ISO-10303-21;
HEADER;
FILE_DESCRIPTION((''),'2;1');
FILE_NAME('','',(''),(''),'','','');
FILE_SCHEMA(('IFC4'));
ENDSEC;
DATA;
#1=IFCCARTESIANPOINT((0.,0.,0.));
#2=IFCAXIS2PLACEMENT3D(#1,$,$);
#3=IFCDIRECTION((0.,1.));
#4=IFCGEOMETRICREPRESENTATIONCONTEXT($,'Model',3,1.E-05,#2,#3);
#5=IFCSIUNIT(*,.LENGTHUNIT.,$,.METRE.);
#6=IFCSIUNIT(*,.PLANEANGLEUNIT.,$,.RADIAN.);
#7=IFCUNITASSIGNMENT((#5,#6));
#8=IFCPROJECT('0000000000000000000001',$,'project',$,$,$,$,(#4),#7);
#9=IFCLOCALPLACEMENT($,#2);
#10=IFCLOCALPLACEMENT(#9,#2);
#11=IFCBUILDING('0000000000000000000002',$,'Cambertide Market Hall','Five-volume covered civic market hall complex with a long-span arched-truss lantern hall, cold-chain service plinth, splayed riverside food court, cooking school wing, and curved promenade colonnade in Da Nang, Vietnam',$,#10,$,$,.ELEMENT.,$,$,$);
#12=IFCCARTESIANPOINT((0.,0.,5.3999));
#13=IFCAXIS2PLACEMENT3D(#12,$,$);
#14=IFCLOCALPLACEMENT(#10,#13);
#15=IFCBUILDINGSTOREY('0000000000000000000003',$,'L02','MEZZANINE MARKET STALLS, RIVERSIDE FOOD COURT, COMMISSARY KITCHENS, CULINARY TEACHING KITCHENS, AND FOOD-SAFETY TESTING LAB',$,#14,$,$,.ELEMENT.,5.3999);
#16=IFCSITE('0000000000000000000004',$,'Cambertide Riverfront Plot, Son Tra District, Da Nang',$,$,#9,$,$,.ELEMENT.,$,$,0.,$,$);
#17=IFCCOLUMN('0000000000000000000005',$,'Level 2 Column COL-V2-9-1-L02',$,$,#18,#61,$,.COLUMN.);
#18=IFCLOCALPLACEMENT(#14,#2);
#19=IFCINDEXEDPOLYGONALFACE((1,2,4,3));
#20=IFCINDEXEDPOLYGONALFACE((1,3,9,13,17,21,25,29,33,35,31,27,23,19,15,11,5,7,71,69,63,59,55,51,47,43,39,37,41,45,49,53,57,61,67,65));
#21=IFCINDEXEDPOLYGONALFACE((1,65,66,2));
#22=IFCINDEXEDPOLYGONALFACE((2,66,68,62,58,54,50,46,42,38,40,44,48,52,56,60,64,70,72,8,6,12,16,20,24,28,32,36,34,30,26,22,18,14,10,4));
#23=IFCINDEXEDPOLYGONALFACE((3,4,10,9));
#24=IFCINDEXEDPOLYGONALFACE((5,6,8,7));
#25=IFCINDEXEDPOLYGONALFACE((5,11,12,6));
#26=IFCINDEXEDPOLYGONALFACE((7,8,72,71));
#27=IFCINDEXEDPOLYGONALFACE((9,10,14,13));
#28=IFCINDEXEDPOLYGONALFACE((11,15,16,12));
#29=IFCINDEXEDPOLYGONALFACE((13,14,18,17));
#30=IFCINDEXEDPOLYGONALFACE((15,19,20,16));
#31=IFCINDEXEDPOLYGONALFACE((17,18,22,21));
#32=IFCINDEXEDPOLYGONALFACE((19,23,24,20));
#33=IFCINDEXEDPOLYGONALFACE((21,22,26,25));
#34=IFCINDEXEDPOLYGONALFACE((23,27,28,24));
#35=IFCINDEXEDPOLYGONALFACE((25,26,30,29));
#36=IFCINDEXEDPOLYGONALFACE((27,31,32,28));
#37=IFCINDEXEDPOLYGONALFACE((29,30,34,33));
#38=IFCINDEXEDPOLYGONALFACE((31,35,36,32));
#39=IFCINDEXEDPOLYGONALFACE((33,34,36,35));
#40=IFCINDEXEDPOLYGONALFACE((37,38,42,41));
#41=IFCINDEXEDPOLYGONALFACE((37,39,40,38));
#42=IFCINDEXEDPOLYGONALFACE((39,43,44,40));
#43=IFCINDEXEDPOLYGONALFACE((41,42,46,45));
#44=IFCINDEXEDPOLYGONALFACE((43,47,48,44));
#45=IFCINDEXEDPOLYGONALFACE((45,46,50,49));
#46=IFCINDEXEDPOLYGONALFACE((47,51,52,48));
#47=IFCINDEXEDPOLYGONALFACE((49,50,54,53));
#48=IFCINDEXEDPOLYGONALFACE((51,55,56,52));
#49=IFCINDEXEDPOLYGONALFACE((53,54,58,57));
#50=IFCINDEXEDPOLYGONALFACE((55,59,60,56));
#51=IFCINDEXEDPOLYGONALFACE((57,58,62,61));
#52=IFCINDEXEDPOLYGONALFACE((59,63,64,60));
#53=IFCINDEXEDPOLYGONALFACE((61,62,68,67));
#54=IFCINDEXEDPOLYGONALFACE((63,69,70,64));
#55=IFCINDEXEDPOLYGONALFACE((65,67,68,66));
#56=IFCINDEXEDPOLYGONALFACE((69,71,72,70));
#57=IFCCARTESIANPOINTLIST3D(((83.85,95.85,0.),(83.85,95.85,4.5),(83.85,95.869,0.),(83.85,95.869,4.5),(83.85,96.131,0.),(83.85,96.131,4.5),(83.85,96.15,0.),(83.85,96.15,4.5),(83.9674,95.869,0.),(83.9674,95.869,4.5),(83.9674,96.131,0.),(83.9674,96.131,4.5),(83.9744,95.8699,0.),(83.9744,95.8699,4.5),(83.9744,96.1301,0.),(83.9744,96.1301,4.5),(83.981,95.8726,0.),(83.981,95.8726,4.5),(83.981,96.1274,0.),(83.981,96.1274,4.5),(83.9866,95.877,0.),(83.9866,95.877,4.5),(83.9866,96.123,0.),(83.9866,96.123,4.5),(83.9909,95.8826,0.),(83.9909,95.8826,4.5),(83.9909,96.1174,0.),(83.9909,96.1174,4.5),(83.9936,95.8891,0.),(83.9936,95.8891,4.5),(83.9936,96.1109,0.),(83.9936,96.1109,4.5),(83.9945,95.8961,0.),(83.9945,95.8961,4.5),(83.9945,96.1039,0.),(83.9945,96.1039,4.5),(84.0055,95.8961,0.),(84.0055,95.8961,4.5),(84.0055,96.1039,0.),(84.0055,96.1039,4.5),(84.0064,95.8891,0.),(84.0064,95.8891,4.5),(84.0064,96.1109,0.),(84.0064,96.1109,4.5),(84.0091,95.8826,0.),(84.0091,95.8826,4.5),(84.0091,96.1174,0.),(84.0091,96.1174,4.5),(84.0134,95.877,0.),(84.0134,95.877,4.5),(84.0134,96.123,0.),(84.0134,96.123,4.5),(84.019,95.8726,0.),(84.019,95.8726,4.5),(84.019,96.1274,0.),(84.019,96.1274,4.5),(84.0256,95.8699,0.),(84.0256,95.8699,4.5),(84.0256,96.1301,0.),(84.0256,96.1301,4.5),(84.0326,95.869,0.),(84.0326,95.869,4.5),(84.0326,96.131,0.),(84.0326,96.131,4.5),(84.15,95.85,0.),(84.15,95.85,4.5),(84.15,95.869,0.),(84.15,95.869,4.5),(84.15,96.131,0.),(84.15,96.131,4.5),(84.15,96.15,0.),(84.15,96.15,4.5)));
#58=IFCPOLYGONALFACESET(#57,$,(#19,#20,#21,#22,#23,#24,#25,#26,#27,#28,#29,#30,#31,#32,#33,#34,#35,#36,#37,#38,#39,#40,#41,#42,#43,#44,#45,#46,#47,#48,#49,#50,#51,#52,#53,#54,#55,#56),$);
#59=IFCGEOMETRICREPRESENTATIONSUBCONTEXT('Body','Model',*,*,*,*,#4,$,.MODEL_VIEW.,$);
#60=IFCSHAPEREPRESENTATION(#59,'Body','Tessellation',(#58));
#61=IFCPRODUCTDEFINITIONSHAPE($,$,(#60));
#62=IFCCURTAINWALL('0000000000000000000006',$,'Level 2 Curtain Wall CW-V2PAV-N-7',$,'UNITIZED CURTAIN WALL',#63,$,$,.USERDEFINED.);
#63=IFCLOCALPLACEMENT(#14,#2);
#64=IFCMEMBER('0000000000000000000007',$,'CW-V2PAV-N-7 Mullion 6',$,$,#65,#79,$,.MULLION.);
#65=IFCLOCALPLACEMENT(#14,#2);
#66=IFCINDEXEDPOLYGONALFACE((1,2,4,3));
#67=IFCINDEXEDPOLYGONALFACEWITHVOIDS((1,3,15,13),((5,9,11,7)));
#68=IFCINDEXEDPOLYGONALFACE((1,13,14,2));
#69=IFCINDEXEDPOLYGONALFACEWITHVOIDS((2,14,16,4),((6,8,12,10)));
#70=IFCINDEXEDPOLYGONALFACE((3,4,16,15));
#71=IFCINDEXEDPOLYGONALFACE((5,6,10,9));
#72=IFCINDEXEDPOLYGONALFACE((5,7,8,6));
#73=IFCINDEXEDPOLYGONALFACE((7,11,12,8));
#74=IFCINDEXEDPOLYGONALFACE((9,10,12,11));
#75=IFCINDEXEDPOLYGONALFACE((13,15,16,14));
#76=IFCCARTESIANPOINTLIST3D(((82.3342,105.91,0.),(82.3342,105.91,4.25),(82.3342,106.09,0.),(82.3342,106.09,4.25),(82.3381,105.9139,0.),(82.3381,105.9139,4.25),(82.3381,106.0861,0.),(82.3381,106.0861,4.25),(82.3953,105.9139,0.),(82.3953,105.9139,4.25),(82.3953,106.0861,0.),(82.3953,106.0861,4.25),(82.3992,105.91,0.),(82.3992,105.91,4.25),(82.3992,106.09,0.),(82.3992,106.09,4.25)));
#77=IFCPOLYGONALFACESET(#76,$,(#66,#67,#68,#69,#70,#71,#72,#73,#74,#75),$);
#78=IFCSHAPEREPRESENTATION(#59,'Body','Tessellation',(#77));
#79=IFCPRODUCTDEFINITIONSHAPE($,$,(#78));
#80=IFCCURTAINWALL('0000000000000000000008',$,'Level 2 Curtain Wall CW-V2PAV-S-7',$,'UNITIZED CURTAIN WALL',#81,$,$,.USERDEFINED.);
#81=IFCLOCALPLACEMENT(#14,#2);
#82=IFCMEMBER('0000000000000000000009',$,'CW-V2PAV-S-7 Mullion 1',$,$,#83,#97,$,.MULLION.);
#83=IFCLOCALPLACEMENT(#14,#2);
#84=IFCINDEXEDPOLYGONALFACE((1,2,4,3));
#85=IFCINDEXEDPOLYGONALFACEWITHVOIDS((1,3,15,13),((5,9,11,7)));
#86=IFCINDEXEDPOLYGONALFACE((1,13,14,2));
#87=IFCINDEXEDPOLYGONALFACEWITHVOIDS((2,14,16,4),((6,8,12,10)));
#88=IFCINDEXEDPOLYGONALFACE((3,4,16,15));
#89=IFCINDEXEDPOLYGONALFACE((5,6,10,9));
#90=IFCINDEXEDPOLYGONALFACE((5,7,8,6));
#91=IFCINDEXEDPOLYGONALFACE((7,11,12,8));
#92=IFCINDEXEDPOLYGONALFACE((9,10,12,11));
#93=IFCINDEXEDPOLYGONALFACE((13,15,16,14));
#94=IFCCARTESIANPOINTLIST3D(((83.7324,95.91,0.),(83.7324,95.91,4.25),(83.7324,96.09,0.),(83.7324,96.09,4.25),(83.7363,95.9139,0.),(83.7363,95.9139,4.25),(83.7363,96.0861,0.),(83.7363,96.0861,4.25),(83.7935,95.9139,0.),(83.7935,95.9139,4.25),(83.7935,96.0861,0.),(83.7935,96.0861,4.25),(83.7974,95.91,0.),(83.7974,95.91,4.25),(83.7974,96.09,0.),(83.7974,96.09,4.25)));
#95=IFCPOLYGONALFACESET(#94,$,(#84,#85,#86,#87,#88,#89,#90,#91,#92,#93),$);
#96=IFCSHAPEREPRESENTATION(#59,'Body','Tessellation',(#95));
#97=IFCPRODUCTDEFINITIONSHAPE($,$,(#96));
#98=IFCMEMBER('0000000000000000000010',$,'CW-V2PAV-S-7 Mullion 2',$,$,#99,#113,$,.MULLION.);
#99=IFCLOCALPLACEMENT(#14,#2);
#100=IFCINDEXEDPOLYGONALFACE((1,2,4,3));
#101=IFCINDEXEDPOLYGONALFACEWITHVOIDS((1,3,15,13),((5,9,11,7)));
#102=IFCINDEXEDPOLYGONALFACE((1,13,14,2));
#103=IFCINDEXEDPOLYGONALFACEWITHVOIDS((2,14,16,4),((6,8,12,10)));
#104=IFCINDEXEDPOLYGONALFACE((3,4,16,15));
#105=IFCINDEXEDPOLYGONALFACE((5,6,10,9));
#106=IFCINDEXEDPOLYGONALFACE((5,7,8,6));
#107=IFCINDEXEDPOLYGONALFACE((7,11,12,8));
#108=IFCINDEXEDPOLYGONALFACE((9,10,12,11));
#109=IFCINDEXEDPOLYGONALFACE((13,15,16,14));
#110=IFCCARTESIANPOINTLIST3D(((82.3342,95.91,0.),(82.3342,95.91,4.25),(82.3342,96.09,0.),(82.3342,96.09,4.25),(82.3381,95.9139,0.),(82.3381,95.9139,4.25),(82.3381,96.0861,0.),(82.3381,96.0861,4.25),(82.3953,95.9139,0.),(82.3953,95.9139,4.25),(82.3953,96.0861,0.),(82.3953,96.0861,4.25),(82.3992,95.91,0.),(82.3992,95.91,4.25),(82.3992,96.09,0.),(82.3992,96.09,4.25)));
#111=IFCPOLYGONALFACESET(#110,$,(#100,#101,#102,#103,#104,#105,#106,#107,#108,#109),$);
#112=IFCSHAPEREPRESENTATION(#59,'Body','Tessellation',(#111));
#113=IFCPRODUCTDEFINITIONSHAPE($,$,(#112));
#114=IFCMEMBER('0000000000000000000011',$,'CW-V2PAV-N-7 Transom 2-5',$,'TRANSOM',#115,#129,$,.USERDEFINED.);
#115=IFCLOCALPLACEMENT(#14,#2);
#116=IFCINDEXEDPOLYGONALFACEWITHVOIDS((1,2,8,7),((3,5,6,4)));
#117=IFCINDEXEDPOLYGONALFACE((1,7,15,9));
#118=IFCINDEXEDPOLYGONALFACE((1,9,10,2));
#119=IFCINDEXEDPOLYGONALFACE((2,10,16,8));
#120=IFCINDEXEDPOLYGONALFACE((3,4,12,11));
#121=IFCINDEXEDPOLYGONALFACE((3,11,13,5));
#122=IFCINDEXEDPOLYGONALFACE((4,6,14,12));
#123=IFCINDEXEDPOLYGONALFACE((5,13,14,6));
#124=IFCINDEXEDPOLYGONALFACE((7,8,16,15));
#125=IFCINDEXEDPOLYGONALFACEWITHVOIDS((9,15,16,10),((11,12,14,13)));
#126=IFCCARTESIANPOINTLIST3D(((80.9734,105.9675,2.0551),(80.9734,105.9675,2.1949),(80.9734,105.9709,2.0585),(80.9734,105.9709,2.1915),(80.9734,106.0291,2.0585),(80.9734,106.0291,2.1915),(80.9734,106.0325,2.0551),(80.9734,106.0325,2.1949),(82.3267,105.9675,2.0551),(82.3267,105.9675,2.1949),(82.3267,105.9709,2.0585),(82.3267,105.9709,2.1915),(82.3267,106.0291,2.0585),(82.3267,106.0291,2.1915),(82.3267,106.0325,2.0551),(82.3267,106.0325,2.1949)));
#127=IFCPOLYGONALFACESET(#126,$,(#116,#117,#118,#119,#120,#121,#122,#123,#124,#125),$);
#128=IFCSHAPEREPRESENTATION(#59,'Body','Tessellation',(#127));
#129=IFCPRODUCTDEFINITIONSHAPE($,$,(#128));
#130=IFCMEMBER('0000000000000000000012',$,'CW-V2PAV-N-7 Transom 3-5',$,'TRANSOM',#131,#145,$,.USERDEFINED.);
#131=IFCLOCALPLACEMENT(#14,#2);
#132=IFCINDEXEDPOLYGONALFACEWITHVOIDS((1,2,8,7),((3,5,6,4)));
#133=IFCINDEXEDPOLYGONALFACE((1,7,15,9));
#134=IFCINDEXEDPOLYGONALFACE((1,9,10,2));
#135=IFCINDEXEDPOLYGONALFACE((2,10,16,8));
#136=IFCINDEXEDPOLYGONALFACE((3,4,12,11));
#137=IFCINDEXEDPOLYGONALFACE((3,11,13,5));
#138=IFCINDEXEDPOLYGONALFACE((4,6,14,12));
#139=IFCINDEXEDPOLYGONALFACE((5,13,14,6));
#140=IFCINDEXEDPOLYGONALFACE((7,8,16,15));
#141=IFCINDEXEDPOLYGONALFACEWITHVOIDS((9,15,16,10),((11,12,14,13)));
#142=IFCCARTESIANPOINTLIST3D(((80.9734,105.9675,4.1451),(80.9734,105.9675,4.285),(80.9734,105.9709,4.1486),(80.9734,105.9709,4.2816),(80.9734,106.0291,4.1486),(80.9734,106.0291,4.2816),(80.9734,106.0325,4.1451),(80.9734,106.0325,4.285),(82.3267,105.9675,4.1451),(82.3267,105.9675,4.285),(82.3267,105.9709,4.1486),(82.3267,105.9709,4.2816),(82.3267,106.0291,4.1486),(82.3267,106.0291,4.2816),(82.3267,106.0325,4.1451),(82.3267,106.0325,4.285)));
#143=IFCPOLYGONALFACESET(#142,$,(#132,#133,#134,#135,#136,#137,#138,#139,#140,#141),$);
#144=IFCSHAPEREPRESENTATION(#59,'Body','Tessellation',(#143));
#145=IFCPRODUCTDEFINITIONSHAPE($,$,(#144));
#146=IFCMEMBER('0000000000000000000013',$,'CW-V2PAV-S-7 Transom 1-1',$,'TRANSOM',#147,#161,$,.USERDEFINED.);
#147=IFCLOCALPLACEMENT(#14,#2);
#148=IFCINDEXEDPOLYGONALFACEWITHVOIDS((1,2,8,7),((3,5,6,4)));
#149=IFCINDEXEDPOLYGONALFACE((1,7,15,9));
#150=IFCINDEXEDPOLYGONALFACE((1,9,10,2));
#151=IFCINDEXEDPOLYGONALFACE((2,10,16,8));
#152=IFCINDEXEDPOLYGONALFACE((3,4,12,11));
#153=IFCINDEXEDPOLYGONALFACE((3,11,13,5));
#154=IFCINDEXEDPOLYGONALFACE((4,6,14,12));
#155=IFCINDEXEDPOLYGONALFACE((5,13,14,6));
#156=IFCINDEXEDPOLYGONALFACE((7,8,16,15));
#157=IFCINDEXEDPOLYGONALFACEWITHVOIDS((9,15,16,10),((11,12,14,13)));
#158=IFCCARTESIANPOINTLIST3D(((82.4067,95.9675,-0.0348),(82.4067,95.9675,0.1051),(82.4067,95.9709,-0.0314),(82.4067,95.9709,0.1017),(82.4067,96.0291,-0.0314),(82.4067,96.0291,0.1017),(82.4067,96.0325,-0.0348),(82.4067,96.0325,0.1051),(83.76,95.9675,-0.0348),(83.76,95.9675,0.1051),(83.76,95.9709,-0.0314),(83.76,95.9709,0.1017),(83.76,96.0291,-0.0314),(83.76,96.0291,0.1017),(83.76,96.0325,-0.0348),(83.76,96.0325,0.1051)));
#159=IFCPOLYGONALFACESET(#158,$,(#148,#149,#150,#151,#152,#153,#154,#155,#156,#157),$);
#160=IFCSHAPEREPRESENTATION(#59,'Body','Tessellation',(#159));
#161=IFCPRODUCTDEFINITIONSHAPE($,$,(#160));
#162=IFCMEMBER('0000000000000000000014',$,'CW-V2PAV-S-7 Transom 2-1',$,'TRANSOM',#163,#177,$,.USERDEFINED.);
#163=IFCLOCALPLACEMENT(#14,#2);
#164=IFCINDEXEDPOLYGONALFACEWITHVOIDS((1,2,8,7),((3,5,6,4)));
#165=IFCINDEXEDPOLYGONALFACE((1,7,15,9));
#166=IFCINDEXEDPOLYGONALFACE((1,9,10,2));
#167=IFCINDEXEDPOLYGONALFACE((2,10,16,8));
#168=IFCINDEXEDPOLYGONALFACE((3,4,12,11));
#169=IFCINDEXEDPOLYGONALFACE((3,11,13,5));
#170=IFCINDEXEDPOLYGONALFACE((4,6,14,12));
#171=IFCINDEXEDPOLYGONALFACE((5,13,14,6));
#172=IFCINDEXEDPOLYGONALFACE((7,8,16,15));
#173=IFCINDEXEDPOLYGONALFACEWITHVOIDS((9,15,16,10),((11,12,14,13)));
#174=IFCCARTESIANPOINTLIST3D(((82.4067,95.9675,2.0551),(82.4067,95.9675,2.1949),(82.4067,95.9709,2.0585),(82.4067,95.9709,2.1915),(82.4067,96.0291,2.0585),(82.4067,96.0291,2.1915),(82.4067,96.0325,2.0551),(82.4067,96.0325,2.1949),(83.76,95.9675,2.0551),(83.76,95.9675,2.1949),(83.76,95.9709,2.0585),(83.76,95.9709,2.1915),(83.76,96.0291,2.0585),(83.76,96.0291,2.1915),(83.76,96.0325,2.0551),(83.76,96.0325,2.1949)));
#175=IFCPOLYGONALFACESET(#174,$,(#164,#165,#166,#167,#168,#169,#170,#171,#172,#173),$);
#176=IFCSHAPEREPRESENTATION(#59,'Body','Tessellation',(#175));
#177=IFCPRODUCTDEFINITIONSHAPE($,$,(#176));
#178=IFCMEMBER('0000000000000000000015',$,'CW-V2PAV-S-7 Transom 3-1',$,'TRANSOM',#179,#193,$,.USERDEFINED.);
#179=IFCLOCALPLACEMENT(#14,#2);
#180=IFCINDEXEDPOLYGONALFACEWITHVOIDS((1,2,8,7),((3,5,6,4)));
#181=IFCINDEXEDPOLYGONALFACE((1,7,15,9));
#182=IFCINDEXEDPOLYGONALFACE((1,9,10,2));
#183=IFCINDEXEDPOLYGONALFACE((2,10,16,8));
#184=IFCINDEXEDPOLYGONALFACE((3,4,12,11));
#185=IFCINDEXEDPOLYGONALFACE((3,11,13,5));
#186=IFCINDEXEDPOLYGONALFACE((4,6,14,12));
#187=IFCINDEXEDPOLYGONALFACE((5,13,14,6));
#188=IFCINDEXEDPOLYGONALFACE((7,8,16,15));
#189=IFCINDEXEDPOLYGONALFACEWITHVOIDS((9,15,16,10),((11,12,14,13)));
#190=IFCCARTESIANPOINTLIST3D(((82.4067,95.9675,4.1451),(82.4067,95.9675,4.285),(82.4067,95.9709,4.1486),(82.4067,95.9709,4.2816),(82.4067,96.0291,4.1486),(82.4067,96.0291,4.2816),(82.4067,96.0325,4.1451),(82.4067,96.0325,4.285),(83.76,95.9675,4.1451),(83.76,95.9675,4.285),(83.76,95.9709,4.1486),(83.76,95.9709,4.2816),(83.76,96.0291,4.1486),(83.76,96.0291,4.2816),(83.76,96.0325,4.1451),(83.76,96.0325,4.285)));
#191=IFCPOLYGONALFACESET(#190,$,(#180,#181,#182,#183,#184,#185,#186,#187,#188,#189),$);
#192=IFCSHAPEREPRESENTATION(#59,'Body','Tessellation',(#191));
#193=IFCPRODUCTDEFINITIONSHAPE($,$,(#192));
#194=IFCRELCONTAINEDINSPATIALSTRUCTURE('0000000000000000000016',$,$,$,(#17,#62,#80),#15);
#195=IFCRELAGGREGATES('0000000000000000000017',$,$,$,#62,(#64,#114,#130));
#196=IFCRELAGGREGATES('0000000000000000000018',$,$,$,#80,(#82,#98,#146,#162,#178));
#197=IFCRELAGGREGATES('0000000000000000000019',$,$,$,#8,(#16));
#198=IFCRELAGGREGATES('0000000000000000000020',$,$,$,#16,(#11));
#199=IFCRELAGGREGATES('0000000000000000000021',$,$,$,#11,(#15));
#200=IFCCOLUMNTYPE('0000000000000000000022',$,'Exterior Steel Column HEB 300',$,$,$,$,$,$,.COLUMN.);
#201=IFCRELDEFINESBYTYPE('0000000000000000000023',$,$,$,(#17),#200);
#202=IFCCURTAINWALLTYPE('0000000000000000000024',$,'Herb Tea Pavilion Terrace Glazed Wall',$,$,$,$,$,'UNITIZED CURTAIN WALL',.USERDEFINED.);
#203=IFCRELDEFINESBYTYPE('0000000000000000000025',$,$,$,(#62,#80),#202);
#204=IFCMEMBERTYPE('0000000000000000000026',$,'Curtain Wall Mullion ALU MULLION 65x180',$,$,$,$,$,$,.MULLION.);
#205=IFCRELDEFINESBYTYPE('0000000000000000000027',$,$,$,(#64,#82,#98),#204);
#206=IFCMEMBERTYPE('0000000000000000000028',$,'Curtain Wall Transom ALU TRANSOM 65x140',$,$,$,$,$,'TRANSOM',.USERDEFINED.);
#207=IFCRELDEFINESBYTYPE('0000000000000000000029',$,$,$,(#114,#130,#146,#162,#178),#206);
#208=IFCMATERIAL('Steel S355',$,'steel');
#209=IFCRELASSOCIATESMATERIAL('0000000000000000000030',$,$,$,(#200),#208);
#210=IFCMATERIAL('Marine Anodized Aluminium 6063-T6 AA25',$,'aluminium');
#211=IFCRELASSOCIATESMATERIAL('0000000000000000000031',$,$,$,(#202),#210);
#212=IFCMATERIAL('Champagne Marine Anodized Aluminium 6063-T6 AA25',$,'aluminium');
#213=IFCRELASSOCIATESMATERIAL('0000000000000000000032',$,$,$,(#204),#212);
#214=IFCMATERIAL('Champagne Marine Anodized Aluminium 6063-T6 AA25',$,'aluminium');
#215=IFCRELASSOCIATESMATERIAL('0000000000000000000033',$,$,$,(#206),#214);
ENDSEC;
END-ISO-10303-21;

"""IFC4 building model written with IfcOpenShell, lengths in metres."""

from ifc_helpers import new_model, si_unit, direction, frame, origin, origin_2d, place, context, subcontext, project, spatial, hollow_rectangle, i_section, extrude, material, material_profile, profile_set, type_object, element, aggregate, save


model = new_model("IFC4")

# Units and contexts
model_context = context("Model", 3, precision=1e-05, world=origin(), true_north=direction((0.0, 1.0)))
body_context = subcontext(model_context, "Body", "Model", "MODEL_VIEW")
ifc_project = project(units=[si_unit("LENGTHUNIT", "METRE"), si_unit("PLANEANGLEUNIT", "RADIAN")], contexts=[model_context])

# Site, building, storey
site_placement = place(None, origin())
site = spatial("IfcSite", under=ifc_project, at=site_placement, Name="Cambertide Riverfront Plot, Son Tra District, Da Nang", CompositionType="ELEMENT", RefElevation=0.0)
building_placement = place(site_placement, origin())
building = spatial("IfcBuilding", under=site, at=building_placement, Name="Cambertide Market Hall", Description="Five-volume covered civic market hall complex with a long-span arched-truss lantern hall, cold-chain service plinth, splayed riverside food court, cooking school wing, and curved promenade colonnade in Da Nang, Vietnam", CompositionType="ELEMENT")
storey_placement = place(building_placement, frame((0.0, 0.0, 5.3999)))
storey = spatial("IfcBuildingStorey", under=building, at=storey_placement, Name="L02", Description="MEZZANINE MARKET STALLS, RIVERSIDE FOOD COURT, COMMISSARY KITCHENS, CULINARY TEACHING KITCHENS, AND FOOD-SAFETY TESTING LAB", CompositionType="ELEMENT", Elevation=5.3999)

# Column
ifc_material_1 = material(Name="Steel S355", Category="steel")
ifc_material_profile_1 = material_profile(ifc_material_1, i_section(OverallWidth=0.3, OverallDepth=0.3, WebThickness=0.011, FlangeThickness=0.019, FilletRadius=0.0271, at=origin_2d()), Name="HEB 300")
ifc_profile_set_1 = profile_set([ifc_material_profile_1], Name="Steel S355")
column_type = type_object("IfcColumnType", Name="Exterior Steel Column HEB 300", PredefinedType="COLUMN", material=ifc_profile_set_1)
column_placement = place(storey_placement, frame((84.0, 96.0, 0.0), z_axis=(0.0, 0.0, 1.0), x_axis=(1.0, 0.0, 0.0)))
element("IfcColumn", 1, at=column_placement, inside=storey, type_object=column_type, Name="Level 2 Column COL-V2-9-1-L02", PredefinedType="COLUMN", context=body_context, shape_type="SweptSolid", body=[
    extrude(i_section(OverallWidth=0.3, OverallDepth=0.3, WebThickness=0.011, FlangeThickness=0.019, FilletRadius=0.0271, at=origin_2d()), origin(), (0.0, 0.0, 1.0), 4.5),
])

# Curtain wall, member
ifc_material_2 = material(Name="Marine Anodized Aluminium 6063-T6 AA25", Category="aluminium")
curtain_wall_type = type_object("IfcCurtainWallType", Name="Herb Tea Pavilion Terrace Glazed Wall", ElementType="UNITIZED CURTAIN WALL", PredefinedType="USERDEFINED", material=ifc_material_2)
curtain_wall_1_placement = place(storey_placement, origin())
curtain_wall_1 = element("IfcCurtainWall", 2, at=curtain_wall_1_placement, inside=storey, type_object=curtain_wall_type, Name="Level 2 Curtain Wall CW-V2PAV-N-7", ObjectType="UNITIZED CURTAIN WALL", PredefinedType="USERDEFINED")
ifc_material_3 = material(Name="Champagne Marine Anodized Aluminium 6063-T6 AA25", Category="aluminium")
ifc_material_profile_2 = material_profile(ifc_material_3, hollow_rectangle(XDim=0.0649, YDim=0.1799, WallThickness=0.0039, at=origin_2d()), Name="ALU MULLION 65x180")
ifc_profile_set_2 = profile_set([ifc_material_profile_2], Name="Champagne Marine Anodized Aluminium 6063-T6 AA25")
member_type_1 = type_object("IfcMemberType", Name="Curtain Wall Mullion ALU MULLION 65x180", PredefinedType="MULLION", material=ifc_profile_set_2)
member_1_placement = place(storey_placement, frame((82.3667, 106.0, 0.0), z_axis=(0.0, 0.0, 1.0), x_axis=(1.0, 0.0, 0.0)))
member_1 = element("IfcMember", 3, at=member_1_placement, type_object=member_type_1, Name="CW-V2PAV-N-7 Mullion 6", PredefinedType="MULLION", context=body_context, shape_type="SweptSolid", body=[
    extrude(hollow_rectangle(XDim=0.0649, YDim=0.1799, WallThickness=0.0039, at=origin_2d()), origin(), (0.0, 0.0, 1.0), 4.25),
])

# Curtain wall, members
curtain_wall_2_placement = place(storey_placement, origin())
curtain_wall_2 = element("IfcCurtainWall", 4, at=curtain_wall_2_placement, inside=storey, type_object=curtain_wall_type, Name="Level 2 Curtain Wall CW-V2PAV-S-7", ObjectType="UNITIZED CURTAIN WALL", PredefinedType="USERDEFINED")
member_2_placement = place(storey_placement, frame((83.7649, 96.0, 0.0), z_axis=(0.0, 0.0, 1.0), x_axis=(-1.0, 0.0, 0.0)))
member_2 = element("IfcMember", 5, at=member_2_placement, type_object=member_type_1, Name="CW-V2PAV-S-7 Mullion 1", PredefinedType="MULLION", context=body_context, shape_type="SweptSolid", body=[
    extrude(hollow_rectangle(XDim=0.0649, YDim=0.1799, WallThickness=0.0039, at=origin_2d()), origin(), (0.0, 0.0, 1.0), 4.25),
])
member_3_placement = place(storey_placement, frame((82.3667, 96.0, 0.0), z_axis=(0.0, 0.0, 1.0), x_axis=(-1.0, 0.0, 0.0)))
member_3 = element("IfcMember", 6, at=member_3_placement, type_object=member_type_1, Name="CW-V2PAV-S-7 Mullion 2", PredefinedType="MULLION", context=body_context, shape_type="SweptSolid", body=[
    extrude(hollow_rectangle(XDim=0.0649, YDim=0.1799, WallThickness=0.0039, at=origin_2d()), origin(), (0.0, 0.0, 1.0), 4.25),
])

# Members
ifc_material_4 = material(Name="Champagne Marine Anodized Aluminium 6063-T6 AA25", Category="aluminium")
ifc_material_profile_3 = material_profile(ifc_material_4, hollow_rectangle(XDim=0.0649, YDim=0.1399, WallThickness=0.0034, at=origin_2d()), Name="ALU TRANSOM 65x140")
ifc_profile_set_3 = profile_set([ifc_material_profile_3], Name="Champagne Marine Anodized Aluminium 6063-T6 AA25")
member_type_2 = type_object("IfcMemberType", Name="Curtain Wall Transom ALU TRANSOM 65x140", ElementType="TRANSOM", PredefinedType="USERDEFINED", material=ifc_profile_set_3)
member_4_placement = place(storey_placement, frame((80.9734, 106.0, 2.125), z_axis=(1.0, 0.0, 0.0), x_axis=(0.0, 1.0, 0.0)))
member_4 = element("IfcMember", 7, at=member_4_placement, type_object=member_type_2, Name="CW-V2PAV-N-7 Transom 2-5", ObjectType="TRANSOM", PredefinedType="USERDEFINED", context=body_context, shape_type="SweptSolid", body=[
    extrude(hollow_rectangle(XDim=0.0649, YDim=0.1399, WallThickness=0.0034, at=origin_2d()), origin(), (0.0, 0.0, 1.0), 1.3533),
])
member_5_placement = place(storey_placement, frame((80.9734, 106.0, 4.2151), z_axis=(1.0, 0.0, 0.0), x_axis=(0.0, 1.0, 0.0)))
member_5 = element("IfcMember", 8, at=member_5_placement, type_object=member_type_2, Name="CW-V2PAV-N-7 Transom 3-5", ObjectType="TRANSOM", PredefinedType="USERDEFINED", context=body_context, shape_type="SweptSolid", body=[
    extrude(hollow_rectangle(XDim=0.0649, YDim=0.1399, WallThickness=0.0034, at=origin_2d()), origin(), (0.0, 0.0, 1.0), 1.3533),
])
member_6_placement = place(storey_placement, frame((83.76, 96.0, 0.0352), z_axis=(-1.0, 0.0, 0.0), x_axis=(0.0, -1.0, 0.0)))
member_6 = element("IfcMember", 9, at=member_6_placement, type_object=member_type_2, Name="CW-V2PAV-S-7 Transom 1-1", ObjectType="TRANSOM", PredefinedType="USERDEFINED", context=body_context, shape_type="SweptSolid", body=[
    extrude(hollow_rectangle(XDim=0.0649, YDim=0.1399, WallThickness=0.0034, at=origin_2d()), origin(), (0.0, 0.0, 1.0), 1.3533),
])
member_7_placement = place(storey_placement, frame((83.76, 96.0, 2.125), z_axis=(-1.0, 0.0, 0.0), x_axis=(0.0, -1.0, 0.0)))
member_7 = element("IfcMember", 10, at=member_7_placement, type_object=member_type_2, Name="CW-V2PAV-S-7 Transom 2-1", ObjectType="TRANSOM", PredefinedType="USERDEFINED", context=body_context, shape_type="SweptSolid", body=[
    extrude(hollow_rectangle(XDim=0.0649, YDim=0.1399, WallThickness=0.0034, at=origin_2d()), origin(), (0.0, 0.0, 1.0), 1.3533),
])
member_8_placement = place(storey_placement, frame((83.76, 96.0, 4.2151), z_axis=(-1.0, 0.0, 0.0), x_axis=(0.0, -1.0, 0.0)))
member_8 = element("IfcMember", 11, at=member_8_placement, type_object=member_type_2, Name="CW-V2PAV-S-7 Transom 3-1", ObjectType="TRANSOM", PredefinedType="USERDEFINED", context=body_context, shape_type="SweptSolid", body=[
    extrude(hollow_rectangle(XDim=0.0649, YDim=0.1399, WallThickness=0.0034, at=origin_2d()), origin(), (0.0, 0.0, 1.0), 1.3533),
])

aggregate(curtain_wall_1, [member_1, member_4, member_5])
aggregate(curtain_wall_2, [member_2, member_3, member_6, member_7, member_8])

save(model, "model.ifc")
